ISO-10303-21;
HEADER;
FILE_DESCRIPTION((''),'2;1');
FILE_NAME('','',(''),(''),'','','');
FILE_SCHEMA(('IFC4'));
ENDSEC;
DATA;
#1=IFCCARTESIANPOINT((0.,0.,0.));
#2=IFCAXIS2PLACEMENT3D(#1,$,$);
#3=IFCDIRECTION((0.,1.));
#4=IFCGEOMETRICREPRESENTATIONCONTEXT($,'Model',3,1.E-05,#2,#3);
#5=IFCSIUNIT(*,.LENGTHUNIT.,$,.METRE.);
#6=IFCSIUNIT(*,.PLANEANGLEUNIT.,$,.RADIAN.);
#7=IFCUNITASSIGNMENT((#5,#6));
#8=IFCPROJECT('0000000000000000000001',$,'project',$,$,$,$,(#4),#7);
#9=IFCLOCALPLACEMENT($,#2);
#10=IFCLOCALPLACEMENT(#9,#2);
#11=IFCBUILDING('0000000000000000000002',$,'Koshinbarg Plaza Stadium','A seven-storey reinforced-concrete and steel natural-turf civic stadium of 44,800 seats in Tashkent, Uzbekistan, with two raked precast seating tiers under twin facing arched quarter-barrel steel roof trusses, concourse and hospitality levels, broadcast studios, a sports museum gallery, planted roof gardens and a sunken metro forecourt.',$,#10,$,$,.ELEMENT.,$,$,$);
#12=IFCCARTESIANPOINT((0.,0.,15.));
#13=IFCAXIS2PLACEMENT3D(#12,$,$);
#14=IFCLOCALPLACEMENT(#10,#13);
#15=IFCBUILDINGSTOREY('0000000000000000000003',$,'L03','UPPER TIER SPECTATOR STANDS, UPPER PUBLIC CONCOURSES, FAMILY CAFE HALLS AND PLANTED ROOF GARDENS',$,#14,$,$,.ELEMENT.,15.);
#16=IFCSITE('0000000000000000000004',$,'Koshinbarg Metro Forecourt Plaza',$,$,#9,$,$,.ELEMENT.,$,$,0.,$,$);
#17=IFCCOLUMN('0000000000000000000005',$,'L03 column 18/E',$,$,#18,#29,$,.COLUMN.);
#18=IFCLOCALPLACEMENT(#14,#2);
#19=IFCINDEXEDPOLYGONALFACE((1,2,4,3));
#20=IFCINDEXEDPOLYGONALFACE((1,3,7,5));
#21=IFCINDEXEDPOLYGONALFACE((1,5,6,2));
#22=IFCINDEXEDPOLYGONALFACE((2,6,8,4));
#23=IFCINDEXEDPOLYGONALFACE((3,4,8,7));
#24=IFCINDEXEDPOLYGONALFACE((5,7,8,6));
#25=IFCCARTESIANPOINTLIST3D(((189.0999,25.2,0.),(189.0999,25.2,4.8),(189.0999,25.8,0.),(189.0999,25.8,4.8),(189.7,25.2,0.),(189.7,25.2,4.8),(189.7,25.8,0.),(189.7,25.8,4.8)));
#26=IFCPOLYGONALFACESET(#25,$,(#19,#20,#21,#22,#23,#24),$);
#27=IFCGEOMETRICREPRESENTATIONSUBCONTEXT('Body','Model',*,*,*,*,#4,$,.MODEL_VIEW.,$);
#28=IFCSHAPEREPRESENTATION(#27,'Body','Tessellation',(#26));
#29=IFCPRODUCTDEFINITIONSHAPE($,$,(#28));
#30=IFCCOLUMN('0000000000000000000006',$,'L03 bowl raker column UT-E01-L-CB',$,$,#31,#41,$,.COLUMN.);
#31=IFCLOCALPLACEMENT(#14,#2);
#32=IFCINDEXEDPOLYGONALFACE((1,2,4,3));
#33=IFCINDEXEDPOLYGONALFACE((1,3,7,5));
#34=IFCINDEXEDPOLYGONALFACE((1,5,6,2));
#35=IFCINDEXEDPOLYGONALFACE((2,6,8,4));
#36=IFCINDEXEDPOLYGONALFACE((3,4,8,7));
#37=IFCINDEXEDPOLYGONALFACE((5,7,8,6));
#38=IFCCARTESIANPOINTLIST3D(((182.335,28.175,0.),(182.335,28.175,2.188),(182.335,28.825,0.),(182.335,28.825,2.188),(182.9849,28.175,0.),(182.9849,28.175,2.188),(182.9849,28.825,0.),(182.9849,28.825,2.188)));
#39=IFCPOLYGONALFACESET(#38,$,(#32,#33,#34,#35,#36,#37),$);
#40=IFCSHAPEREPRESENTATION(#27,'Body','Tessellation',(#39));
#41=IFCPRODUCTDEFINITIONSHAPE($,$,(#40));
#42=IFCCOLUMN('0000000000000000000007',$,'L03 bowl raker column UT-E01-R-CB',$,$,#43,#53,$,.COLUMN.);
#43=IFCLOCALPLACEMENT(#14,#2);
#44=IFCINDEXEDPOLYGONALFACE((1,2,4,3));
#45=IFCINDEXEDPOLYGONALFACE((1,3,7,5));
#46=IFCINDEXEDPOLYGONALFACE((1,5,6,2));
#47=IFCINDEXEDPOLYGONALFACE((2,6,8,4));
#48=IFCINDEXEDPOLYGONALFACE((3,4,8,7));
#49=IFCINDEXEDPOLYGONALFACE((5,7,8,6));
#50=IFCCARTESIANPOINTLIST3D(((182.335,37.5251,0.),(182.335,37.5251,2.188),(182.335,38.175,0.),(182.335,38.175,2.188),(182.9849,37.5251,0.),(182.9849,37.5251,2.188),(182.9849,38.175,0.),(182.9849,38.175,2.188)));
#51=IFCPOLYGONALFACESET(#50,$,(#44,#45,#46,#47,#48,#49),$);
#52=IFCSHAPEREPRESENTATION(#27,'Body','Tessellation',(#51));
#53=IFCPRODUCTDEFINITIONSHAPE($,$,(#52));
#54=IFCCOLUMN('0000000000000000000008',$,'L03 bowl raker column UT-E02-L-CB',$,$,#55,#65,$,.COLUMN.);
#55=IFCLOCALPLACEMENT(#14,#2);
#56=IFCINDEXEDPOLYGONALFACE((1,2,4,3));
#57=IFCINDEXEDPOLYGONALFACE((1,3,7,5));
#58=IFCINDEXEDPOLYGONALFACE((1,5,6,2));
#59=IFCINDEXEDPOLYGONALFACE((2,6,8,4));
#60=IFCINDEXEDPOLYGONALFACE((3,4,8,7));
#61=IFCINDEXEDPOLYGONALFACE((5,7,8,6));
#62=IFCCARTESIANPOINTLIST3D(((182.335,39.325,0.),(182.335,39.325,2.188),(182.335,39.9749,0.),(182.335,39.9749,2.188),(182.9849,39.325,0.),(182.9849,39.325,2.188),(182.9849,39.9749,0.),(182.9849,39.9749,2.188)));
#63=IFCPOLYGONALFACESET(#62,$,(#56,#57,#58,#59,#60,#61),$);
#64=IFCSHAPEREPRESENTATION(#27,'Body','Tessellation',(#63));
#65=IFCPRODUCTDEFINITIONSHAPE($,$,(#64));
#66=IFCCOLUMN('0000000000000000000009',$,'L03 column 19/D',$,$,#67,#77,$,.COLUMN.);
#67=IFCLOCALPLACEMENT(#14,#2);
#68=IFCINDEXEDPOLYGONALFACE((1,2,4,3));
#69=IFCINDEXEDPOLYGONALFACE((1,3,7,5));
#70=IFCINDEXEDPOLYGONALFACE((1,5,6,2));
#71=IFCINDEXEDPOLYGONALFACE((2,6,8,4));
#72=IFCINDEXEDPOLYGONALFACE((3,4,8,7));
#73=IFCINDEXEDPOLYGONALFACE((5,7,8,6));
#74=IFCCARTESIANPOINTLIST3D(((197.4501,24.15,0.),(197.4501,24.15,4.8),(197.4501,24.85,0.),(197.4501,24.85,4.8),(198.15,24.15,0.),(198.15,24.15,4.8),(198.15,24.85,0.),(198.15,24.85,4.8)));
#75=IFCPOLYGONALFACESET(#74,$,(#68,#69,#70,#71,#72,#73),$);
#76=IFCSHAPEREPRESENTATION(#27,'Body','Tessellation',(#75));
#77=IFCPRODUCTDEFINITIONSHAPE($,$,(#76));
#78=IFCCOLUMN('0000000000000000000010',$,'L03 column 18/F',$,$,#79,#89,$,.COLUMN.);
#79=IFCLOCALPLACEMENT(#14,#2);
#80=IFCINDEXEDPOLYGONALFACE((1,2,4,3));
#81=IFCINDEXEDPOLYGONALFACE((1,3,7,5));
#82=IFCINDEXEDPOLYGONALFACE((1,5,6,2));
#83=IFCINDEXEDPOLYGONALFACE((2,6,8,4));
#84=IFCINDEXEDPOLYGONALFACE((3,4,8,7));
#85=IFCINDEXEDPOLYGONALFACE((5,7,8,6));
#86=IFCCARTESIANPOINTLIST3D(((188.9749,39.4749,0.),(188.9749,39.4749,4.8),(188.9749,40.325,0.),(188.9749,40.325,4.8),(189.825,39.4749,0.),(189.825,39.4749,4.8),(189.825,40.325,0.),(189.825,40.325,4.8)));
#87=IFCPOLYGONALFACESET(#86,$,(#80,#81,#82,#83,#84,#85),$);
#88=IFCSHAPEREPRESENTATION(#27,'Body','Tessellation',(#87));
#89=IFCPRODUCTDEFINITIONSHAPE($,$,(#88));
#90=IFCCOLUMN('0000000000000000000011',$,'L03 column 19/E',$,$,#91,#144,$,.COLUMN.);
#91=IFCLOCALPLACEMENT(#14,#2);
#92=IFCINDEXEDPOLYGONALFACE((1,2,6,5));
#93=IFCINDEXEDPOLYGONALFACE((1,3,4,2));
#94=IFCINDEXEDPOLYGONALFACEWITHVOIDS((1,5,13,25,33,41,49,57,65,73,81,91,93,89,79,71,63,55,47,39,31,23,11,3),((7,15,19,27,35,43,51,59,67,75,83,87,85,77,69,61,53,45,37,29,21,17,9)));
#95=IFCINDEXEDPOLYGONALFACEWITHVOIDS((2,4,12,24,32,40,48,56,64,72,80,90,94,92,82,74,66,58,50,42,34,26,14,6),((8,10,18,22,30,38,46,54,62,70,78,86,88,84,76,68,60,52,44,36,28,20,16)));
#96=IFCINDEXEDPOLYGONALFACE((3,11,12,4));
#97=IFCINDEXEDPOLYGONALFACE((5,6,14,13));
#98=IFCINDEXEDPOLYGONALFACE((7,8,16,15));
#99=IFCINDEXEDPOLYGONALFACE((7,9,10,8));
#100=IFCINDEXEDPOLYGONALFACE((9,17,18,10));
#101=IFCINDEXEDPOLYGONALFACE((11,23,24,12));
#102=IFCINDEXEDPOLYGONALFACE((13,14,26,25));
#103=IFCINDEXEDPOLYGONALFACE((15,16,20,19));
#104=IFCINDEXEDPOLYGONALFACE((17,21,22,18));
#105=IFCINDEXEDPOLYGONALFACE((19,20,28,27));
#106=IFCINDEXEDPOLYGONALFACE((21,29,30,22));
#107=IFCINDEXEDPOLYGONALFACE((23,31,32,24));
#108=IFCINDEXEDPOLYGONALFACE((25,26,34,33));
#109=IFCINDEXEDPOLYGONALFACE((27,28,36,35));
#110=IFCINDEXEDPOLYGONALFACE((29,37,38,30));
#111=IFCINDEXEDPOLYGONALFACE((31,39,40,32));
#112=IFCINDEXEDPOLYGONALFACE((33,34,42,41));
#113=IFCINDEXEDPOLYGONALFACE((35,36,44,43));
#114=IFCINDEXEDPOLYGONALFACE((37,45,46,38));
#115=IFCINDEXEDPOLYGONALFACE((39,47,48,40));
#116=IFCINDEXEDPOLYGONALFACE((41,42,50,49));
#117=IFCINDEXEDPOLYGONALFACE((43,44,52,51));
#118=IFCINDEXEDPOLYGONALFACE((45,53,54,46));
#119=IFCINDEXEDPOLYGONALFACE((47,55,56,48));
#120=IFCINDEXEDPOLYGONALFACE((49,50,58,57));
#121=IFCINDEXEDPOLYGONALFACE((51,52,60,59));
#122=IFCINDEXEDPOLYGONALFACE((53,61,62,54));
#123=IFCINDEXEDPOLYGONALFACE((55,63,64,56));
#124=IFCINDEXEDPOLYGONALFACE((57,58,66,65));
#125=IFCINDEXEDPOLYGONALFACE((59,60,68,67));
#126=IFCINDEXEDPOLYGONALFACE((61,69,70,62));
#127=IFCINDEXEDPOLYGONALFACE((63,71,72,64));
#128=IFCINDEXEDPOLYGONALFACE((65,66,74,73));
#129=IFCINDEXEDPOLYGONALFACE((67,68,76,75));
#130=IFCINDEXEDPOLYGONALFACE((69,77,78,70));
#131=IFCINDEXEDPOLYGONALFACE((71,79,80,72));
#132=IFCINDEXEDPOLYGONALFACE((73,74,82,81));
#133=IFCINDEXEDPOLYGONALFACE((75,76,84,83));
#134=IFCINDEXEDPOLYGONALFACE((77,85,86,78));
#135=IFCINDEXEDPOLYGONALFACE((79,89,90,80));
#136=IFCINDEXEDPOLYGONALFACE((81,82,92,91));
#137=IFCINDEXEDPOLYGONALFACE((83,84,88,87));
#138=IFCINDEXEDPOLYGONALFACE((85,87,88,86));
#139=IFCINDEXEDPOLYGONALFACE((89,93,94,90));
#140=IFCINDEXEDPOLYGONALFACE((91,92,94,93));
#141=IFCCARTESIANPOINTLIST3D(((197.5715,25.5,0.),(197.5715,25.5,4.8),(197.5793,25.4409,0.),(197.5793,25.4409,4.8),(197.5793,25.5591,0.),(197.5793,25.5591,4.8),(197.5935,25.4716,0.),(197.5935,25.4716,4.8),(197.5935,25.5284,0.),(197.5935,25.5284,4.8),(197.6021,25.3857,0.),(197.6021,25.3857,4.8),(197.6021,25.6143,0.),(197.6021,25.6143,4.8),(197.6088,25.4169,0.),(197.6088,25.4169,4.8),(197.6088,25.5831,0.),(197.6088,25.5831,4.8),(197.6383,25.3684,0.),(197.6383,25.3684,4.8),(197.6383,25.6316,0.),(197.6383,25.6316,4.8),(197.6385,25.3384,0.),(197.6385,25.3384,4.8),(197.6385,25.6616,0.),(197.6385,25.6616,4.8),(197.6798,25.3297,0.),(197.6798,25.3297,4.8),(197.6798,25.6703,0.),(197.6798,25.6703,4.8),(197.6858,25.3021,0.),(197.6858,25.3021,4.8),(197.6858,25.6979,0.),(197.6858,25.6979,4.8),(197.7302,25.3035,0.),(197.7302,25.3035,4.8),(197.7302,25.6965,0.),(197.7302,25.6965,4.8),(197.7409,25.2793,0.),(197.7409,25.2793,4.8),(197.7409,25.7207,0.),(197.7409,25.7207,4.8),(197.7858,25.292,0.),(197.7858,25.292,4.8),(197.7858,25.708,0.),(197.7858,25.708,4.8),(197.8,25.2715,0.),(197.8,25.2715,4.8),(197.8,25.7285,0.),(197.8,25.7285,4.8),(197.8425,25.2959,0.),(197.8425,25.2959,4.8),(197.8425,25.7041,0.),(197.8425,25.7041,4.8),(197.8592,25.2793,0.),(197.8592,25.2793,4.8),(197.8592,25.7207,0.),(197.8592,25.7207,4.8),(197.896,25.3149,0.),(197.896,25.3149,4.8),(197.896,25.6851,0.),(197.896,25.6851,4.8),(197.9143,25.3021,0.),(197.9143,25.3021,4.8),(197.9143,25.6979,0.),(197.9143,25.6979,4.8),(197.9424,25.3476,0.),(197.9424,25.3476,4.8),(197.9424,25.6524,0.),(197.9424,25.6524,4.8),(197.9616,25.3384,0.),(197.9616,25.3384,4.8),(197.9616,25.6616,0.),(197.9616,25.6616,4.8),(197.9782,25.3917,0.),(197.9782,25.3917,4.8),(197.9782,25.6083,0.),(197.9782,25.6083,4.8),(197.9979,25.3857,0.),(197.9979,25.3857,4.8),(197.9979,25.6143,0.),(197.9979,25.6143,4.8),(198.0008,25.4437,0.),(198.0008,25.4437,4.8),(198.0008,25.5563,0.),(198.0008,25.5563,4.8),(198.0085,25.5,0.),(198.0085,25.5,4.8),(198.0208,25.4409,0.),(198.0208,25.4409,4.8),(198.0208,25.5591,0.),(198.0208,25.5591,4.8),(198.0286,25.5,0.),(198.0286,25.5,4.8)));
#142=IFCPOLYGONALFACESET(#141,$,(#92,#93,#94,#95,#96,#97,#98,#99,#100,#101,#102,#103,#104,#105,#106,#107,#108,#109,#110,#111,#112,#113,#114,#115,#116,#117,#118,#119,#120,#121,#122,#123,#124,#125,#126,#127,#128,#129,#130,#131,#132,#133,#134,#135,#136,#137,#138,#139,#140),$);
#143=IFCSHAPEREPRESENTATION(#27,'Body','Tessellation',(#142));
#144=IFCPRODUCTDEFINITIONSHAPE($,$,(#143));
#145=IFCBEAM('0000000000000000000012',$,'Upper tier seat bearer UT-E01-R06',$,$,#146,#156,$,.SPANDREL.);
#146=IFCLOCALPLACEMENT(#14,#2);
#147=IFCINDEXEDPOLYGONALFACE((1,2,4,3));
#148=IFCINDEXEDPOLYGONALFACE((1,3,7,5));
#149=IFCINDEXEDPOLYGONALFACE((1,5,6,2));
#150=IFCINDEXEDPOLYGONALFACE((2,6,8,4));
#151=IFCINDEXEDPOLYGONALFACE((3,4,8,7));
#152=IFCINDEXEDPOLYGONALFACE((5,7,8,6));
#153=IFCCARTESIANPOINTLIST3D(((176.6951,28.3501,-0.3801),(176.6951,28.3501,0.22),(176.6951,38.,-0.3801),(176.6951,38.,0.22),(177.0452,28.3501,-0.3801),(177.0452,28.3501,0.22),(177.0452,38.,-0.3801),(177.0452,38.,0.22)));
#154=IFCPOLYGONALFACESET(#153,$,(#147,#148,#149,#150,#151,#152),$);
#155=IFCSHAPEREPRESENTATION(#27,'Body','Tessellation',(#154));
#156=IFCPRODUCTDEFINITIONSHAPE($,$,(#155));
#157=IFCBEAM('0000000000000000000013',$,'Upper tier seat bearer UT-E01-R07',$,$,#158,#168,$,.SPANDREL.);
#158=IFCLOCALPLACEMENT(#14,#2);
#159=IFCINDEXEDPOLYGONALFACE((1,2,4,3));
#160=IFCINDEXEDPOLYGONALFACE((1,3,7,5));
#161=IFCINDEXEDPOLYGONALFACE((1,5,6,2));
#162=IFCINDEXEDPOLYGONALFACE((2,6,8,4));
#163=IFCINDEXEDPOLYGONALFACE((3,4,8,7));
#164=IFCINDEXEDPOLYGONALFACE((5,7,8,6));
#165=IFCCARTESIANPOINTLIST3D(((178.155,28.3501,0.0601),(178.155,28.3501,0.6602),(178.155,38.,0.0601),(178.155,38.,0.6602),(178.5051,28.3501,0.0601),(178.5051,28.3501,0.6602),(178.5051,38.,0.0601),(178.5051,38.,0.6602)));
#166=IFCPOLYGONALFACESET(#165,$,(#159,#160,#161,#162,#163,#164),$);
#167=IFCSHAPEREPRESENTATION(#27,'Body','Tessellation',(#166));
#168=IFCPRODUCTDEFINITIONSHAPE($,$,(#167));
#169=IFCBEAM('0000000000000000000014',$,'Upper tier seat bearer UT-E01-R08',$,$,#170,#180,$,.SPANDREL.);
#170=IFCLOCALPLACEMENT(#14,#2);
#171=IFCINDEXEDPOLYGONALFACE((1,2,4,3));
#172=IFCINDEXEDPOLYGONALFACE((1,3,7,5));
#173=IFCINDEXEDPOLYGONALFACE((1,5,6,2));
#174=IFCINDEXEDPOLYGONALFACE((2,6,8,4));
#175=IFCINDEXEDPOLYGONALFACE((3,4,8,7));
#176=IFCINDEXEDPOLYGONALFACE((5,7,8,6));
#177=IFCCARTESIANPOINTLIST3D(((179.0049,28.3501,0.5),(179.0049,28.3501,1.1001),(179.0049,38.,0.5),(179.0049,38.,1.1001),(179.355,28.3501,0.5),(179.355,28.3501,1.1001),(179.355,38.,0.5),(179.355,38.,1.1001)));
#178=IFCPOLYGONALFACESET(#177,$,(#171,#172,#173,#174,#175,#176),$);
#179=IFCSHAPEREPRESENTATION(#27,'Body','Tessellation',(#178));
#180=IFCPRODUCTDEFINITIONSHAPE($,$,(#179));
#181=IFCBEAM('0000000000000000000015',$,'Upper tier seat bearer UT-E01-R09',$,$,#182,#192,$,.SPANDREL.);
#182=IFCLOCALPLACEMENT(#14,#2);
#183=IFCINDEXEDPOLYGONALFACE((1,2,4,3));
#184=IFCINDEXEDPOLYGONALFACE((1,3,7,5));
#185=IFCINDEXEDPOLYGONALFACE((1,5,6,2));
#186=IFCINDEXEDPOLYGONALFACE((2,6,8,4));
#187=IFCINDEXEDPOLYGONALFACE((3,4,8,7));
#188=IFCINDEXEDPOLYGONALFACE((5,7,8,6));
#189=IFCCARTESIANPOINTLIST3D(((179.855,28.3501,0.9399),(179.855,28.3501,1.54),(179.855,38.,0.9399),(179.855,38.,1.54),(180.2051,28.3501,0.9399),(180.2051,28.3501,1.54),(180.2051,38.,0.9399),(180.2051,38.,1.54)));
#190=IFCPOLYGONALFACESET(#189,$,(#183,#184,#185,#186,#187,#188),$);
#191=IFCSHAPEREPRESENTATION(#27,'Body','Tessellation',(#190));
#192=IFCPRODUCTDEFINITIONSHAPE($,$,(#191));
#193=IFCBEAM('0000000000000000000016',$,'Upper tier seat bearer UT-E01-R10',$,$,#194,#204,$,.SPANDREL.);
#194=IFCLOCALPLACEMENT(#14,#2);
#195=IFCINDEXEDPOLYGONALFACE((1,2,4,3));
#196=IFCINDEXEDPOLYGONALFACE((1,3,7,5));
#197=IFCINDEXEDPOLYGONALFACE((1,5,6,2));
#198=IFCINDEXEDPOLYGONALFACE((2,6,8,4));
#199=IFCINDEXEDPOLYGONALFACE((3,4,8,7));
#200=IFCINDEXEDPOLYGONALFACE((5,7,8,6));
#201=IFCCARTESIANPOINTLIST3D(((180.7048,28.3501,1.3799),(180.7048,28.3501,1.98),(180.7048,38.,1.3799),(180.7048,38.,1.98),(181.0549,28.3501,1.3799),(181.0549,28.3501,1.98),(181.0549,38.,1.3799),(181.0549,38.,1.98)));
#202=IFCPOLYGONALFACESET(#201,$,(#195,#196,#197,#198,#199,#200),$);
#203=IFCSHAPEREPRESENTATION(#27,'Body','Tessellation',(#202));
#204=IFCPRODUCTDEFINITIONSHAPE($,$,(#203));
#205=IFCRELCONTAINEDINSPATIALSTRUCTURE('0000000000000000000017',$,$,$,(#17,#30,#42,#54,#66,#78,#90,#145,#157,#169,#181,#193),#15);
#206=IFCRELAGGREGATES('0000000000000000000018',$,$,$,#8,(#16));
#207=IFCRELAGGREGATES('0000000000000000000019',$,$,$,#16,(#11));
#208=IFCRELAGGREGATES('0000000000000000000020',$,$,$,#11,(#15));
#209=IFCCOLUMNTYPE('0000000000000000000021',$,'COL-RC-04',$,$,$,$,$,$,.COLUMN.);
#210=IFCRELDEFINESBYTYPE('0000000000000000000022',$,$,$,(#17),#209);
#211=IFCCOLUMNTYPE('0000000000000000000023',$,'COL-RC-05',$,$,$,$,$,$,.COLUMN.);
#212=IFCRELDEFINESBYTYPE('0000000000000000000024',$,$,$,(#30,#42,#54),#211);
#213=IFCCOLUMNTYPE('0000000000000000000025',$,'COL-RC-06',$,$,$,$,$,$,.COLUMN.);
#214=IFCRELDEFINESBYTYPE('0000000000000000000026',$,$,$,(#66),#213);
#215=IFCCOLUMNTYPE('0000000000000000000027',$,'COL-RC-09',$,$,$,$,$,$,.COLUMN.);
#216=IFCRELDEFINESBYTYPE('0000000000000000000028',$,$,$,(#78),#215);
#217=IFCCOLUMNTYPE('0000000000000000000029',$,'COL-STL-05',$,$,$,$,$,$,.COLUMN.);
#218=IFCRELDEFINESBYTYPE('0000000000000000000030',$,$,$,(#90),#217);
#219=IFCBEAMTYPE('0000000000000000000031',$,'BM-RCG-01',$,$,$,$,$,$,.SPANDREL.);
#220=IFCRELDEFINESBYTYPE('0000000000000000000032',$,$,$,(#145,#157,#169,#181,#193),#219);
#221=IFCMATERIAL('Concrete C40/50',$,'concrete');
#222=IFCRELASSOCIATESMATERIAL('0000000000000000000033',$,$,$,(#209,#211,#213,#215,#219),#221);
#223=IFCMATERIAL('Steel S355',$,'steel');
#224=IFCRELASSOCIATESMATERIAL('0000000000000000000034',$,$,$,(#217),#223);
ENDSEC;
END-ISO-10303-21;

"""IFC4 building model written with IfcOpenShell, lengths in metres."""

from ifc_helpers import new_model, si_unit, direction, frame, origin, origin_2d, place, context, subcontext, project, spatial, rectangle, hollow_circle, extrude, material, material_profile, profile_set, type_object, element, save


model = new_model("IFC4")

# Units and contexts
model_context = context("Model", 3, precision=1e-05, world=origin(), true_north=direction((0.0, 1.0)))
body_context = subcontext(model_context, "Body", "Model", "MODEL_VIEW")
ifc_project = project(units=[si_unit("LENGTHUNIT", "METRE"), si_unit("PLANEANGLEUNIT", "RADIAN")], contexts=[model_context])

# Site, building, storey
site_placement = place(None, origin())
site = spatial("IfcSite", under=ifc_project, at=site_placement, Name="Koshinbarg Metro Forecourt Plaza", CompositionType="ELEMENT", RefElevation=0.0)
building_placement = place(site_placement, origin())
building = spatial("IfcBuilding", under=site, at=building_placement, Name="Koshinbarg Plaza Stadium", Description="A seven-storey reinforced-concrete and steel natural-turf civic stadium of 44,800 seats in Tashkent, Uzbekistan, with two raked precast seating tiers under twin facing arched quarter-barrel steel roof trusses, concourse and hospitality levels, broadcast studios, a sports museum gallery, planted roof gardens and a sunken metro forecourt.", CompositionType="ELEMENT")
storey_placement = place(building_placement, frame((0.0, 0.0, 15.0)))
storey = spatial("IfcBuildingStorey", under=building, at=storey_placement, Name="L03", Description="UPPER TIER SPECTATOR STANDS, UPPER PUBLIC CONCOURSES, FAMILY CAFE HALLS AND PLANTED ROOF GARDENS", CompositionType="ELEMENT", Elevation=15.0)

# Columns
ifc_material_1 = material(Name="Concrete C40/50", Category="concrete")
ifc_material_profile_1 = material_profile(ifc_material_1, rectangle(XDim=0.6001, YDim=0.6001, at=origin_2d()), Name="RC 600x600")
ifc_profile_set_1 = profile_set([ifc_material_profile_1], Name="Concrete C40/50")
column_type_1 = type_object("IfcColumnType", Name="COL-RC-04", PredefinedType="COLUMN", material=ifc_profile_set_1)
column_1_placement = place(storey_placement, frame((189.3999, 25.5, 0.0), z_axis=(0.0, 0.0, 1.0), x_axis=(1.0, 0.0, 0.0)))
element("IfcColumn", 1, at=column_1_placement, inside=storey, type_object=column_type_1, Name="L03 column 18/E", PredefinedType="COLUMN", context=body_context, shape_type="SweptSolid", body=[
    extrude(rectangle(XDim=0.6001, YDim=0.6001, at=origin_2d()), origin(), (0.0, 0.0, 1.0), 4.8),
])
ifc_material_profile_2 = material_profile(ifc_material_1, rectangle(XDim=0.6499, YDim=0.6499, at=origin_2d()), Name="RC 650x650")
ifc_profile_set_2 = profile_set([ifc_material_profile_2], Name="Concrete C40/50")
column_type_2 = type_object("IfcColumnType", Name="COL-RC-05", PredefinedType="COLUMN", material=ifc_profile_set_2)
for number, where, z_axis, x_axis, name in (
    (2, (182.6599, 28.5, 0.0), (0.0, 0.0, 1.0), (1.0, 0.0, 0.0), "L03 bowl raker column UT-E01-L-CB"),
    (3, (182.6599, 37.8501, 0.0), (0.0, 0.0, 1.0), (1.0, 0.0, 0.0), "L03 bowl raker column UT-E01-R-CB"),
    (4, (182.6599, 39.6499, 0.0), (0.0, 0.0, 1.0), (1.0, 0.0, 0.0), "L03 bowl raker column UT-E02-L-CB"),
):
    element("IfcColumn", number, at=place(storey_placement, frame(where, z_axis=z_axis, x_axis=x_axis)), inside=storey, type_object=column_type_2, Name=name, PredefinedType="COLUMN", context=body_context, shape_type="SweptSolid", body=[
        extrude(rectangle(XDim=0.6499, YDim=0.6499, at=origin_2d()), origin(), (0.0, 0.0, 1.0), 2.188),
    ])
ifc_material_profile_3 = material_profile(ifc_material_1, rectangle(XDim=0.7, YDim=0.7, at=origin_2d()), Name="RC 700x700")
ifc_profile_set_3 = profile_set([ifc_material_profile_3], Name="Concrete C40/50")
column_type_3 = type_object("IfcColumnType", Name="COL-RC-06", PredefinedType="COLUMN", material=ifc_profile_set_3)
column_2_placement = place(storey_placement, frame((197.8, 24.5, 0.0), z_axis=(0.0, 0.0, 1.0), x_axis=(1.0, 0.0, 0.0)))
element("IfcColumn", 5, at=column_2_placement, inside=storey, type_object=column_type_3, Name="L03 column 19/D", PredefinedType="COLUMN", context=body_context, shape_type="SweptSolid", body=[
    extrude(rectangle(XDim=0.7, YDim=0.7, at=origin_2d()), origin(), (0.0, 0.0, 1.0), 4.8),
])
ifc_material_profile_4 = material_profile(ifc_material_1, rectangle(XDim=0.8501, YDim=0.8501, at=origin_2d()), Name="RC 850x850")
ifc_profile_set_4 = profile_set([ifc_material_profile_4], Name="Concrete C40/50")
column_type_4 = type_object("IfcColumnType", Name="COL-RC-09", PredefinedType="COLUMN", material=ifc_profile_set_4)
column_3_placement = place(storey_placement, frame((189.3999, 39.8999, 0.0), z_axis=(0.0, 0.0, 1.0), x_axis=(1.0, 0.0, 0.0)))
element("IfcColumn", 6, at=column_3_placement, inside=storey, type_object=column_type_4, Name="L03 column 18/F", PredefinedType="COLUMN", context=body_context, shape_type="SweptSolid", body=[
    extrude(rectangle(XDim=0.8501, YDim=0.8501, at=origin_2d()), origin(), (0.0, 0.0, 1.0), 4.8),
])
ifc_material_2 = material(Name="Steel S355", Category="steel")
ifc_material_profile_5 = material_profile(ifc_material_2, hollow_circle(Radius=0.2285, WallThickness=0.02, at=origin_2d()), Name="CHS 457x20")
ifc_profile_set_5 = profile_set([ifc_material_profile_5], Name="Steel S355")
column_type_5 = type_object("IfcColumnType", Name="COL-STL-05", PredefinedType="COLUMN", material=ifc_profile_set_5)
column_4_placement = place(storey_placement, frame((197.8, 25.5, 0.0), z_axis=(0.0, 0.0, 1.0), x_axis=(1.0, 0.0, 0.0)))
element("IfcColumn", 7, at=column_4_placement, inside=storey, type_object=column_type_5, Name="L03 column 19/E", PredefinedType="COLUMN", context=body_context, shape_type="SweptSolid", body=[
    extrude(hollow_circle(Radius=0.2285, WallThickness=0.02, at=origin_2d()), origin(), (0.0, 0.0, 1.0), 4.8),
])

# Beams
ifc_material_profile_6 = material_profile(ifc_material_1, rectangle(XDim=0.3501, YDim=0.6001, at=origin_2d()), Name="RC 350x600")
ifc_profile_set_6 = profile_set([ifc_material_profile_6], Name="Concrete C40/50")
beam_type_1 = type_object("IfcBeamType", Name="BM-RCG-01", PredefinedType="SPANDREL", material=ifc_profile_set_6)
for number, where, z_axis, x_axis, name in (
    (8, (176.8701, 28.3501, -0.0801), (0.0, 1.0, 0.0), (-1.0, 0.0, 0.0), "Upper tier seat bearer UT-E01-R06"),
    (9, (178.3301, 28.3501, 0.3601), (0.0, 1.0, 0.0), (-1.0, 0.0, 0.0), "Upper tier seat bearer UT-E01-R07"),
    (10, (179.1799, 28.3501, 0.8), (0.0, 1.0, 0.0), (-1.0, 0.0, 0.0), "Upper tier seat bearer UT-E01-R08"),
    (11, (180.03, 28.3501, 1.24), (0.0, 1.0, 0.0), (-1.0, 0.0, 0.0), "Upper tier seat bearer UT-E01-R09"),
    (12, (180.8799, 28.3501, 1.6799), (0.0, 1.0, 0.0), (-1.0, 0.0, 0.0), "Upper tier seat bearer UT-E01-R10"),
):
    element("IfcBeam", number, at=place(storey_placement, frame(where, z_axis=z_axis, x_axis=x_axis)), inside=storey, type_object=beam_type_1, Name=name, PredefinedType="SPANDREL", context=body_context, shape_type="SweptSolid", body=[
        extrude(rectangle(XDim=0.3501, YDim=0.6001, at=origin_2d()), origin(), (0.0, 0.0, 1.0), 9.6499),
    ])

save(model, "model.ifc")
